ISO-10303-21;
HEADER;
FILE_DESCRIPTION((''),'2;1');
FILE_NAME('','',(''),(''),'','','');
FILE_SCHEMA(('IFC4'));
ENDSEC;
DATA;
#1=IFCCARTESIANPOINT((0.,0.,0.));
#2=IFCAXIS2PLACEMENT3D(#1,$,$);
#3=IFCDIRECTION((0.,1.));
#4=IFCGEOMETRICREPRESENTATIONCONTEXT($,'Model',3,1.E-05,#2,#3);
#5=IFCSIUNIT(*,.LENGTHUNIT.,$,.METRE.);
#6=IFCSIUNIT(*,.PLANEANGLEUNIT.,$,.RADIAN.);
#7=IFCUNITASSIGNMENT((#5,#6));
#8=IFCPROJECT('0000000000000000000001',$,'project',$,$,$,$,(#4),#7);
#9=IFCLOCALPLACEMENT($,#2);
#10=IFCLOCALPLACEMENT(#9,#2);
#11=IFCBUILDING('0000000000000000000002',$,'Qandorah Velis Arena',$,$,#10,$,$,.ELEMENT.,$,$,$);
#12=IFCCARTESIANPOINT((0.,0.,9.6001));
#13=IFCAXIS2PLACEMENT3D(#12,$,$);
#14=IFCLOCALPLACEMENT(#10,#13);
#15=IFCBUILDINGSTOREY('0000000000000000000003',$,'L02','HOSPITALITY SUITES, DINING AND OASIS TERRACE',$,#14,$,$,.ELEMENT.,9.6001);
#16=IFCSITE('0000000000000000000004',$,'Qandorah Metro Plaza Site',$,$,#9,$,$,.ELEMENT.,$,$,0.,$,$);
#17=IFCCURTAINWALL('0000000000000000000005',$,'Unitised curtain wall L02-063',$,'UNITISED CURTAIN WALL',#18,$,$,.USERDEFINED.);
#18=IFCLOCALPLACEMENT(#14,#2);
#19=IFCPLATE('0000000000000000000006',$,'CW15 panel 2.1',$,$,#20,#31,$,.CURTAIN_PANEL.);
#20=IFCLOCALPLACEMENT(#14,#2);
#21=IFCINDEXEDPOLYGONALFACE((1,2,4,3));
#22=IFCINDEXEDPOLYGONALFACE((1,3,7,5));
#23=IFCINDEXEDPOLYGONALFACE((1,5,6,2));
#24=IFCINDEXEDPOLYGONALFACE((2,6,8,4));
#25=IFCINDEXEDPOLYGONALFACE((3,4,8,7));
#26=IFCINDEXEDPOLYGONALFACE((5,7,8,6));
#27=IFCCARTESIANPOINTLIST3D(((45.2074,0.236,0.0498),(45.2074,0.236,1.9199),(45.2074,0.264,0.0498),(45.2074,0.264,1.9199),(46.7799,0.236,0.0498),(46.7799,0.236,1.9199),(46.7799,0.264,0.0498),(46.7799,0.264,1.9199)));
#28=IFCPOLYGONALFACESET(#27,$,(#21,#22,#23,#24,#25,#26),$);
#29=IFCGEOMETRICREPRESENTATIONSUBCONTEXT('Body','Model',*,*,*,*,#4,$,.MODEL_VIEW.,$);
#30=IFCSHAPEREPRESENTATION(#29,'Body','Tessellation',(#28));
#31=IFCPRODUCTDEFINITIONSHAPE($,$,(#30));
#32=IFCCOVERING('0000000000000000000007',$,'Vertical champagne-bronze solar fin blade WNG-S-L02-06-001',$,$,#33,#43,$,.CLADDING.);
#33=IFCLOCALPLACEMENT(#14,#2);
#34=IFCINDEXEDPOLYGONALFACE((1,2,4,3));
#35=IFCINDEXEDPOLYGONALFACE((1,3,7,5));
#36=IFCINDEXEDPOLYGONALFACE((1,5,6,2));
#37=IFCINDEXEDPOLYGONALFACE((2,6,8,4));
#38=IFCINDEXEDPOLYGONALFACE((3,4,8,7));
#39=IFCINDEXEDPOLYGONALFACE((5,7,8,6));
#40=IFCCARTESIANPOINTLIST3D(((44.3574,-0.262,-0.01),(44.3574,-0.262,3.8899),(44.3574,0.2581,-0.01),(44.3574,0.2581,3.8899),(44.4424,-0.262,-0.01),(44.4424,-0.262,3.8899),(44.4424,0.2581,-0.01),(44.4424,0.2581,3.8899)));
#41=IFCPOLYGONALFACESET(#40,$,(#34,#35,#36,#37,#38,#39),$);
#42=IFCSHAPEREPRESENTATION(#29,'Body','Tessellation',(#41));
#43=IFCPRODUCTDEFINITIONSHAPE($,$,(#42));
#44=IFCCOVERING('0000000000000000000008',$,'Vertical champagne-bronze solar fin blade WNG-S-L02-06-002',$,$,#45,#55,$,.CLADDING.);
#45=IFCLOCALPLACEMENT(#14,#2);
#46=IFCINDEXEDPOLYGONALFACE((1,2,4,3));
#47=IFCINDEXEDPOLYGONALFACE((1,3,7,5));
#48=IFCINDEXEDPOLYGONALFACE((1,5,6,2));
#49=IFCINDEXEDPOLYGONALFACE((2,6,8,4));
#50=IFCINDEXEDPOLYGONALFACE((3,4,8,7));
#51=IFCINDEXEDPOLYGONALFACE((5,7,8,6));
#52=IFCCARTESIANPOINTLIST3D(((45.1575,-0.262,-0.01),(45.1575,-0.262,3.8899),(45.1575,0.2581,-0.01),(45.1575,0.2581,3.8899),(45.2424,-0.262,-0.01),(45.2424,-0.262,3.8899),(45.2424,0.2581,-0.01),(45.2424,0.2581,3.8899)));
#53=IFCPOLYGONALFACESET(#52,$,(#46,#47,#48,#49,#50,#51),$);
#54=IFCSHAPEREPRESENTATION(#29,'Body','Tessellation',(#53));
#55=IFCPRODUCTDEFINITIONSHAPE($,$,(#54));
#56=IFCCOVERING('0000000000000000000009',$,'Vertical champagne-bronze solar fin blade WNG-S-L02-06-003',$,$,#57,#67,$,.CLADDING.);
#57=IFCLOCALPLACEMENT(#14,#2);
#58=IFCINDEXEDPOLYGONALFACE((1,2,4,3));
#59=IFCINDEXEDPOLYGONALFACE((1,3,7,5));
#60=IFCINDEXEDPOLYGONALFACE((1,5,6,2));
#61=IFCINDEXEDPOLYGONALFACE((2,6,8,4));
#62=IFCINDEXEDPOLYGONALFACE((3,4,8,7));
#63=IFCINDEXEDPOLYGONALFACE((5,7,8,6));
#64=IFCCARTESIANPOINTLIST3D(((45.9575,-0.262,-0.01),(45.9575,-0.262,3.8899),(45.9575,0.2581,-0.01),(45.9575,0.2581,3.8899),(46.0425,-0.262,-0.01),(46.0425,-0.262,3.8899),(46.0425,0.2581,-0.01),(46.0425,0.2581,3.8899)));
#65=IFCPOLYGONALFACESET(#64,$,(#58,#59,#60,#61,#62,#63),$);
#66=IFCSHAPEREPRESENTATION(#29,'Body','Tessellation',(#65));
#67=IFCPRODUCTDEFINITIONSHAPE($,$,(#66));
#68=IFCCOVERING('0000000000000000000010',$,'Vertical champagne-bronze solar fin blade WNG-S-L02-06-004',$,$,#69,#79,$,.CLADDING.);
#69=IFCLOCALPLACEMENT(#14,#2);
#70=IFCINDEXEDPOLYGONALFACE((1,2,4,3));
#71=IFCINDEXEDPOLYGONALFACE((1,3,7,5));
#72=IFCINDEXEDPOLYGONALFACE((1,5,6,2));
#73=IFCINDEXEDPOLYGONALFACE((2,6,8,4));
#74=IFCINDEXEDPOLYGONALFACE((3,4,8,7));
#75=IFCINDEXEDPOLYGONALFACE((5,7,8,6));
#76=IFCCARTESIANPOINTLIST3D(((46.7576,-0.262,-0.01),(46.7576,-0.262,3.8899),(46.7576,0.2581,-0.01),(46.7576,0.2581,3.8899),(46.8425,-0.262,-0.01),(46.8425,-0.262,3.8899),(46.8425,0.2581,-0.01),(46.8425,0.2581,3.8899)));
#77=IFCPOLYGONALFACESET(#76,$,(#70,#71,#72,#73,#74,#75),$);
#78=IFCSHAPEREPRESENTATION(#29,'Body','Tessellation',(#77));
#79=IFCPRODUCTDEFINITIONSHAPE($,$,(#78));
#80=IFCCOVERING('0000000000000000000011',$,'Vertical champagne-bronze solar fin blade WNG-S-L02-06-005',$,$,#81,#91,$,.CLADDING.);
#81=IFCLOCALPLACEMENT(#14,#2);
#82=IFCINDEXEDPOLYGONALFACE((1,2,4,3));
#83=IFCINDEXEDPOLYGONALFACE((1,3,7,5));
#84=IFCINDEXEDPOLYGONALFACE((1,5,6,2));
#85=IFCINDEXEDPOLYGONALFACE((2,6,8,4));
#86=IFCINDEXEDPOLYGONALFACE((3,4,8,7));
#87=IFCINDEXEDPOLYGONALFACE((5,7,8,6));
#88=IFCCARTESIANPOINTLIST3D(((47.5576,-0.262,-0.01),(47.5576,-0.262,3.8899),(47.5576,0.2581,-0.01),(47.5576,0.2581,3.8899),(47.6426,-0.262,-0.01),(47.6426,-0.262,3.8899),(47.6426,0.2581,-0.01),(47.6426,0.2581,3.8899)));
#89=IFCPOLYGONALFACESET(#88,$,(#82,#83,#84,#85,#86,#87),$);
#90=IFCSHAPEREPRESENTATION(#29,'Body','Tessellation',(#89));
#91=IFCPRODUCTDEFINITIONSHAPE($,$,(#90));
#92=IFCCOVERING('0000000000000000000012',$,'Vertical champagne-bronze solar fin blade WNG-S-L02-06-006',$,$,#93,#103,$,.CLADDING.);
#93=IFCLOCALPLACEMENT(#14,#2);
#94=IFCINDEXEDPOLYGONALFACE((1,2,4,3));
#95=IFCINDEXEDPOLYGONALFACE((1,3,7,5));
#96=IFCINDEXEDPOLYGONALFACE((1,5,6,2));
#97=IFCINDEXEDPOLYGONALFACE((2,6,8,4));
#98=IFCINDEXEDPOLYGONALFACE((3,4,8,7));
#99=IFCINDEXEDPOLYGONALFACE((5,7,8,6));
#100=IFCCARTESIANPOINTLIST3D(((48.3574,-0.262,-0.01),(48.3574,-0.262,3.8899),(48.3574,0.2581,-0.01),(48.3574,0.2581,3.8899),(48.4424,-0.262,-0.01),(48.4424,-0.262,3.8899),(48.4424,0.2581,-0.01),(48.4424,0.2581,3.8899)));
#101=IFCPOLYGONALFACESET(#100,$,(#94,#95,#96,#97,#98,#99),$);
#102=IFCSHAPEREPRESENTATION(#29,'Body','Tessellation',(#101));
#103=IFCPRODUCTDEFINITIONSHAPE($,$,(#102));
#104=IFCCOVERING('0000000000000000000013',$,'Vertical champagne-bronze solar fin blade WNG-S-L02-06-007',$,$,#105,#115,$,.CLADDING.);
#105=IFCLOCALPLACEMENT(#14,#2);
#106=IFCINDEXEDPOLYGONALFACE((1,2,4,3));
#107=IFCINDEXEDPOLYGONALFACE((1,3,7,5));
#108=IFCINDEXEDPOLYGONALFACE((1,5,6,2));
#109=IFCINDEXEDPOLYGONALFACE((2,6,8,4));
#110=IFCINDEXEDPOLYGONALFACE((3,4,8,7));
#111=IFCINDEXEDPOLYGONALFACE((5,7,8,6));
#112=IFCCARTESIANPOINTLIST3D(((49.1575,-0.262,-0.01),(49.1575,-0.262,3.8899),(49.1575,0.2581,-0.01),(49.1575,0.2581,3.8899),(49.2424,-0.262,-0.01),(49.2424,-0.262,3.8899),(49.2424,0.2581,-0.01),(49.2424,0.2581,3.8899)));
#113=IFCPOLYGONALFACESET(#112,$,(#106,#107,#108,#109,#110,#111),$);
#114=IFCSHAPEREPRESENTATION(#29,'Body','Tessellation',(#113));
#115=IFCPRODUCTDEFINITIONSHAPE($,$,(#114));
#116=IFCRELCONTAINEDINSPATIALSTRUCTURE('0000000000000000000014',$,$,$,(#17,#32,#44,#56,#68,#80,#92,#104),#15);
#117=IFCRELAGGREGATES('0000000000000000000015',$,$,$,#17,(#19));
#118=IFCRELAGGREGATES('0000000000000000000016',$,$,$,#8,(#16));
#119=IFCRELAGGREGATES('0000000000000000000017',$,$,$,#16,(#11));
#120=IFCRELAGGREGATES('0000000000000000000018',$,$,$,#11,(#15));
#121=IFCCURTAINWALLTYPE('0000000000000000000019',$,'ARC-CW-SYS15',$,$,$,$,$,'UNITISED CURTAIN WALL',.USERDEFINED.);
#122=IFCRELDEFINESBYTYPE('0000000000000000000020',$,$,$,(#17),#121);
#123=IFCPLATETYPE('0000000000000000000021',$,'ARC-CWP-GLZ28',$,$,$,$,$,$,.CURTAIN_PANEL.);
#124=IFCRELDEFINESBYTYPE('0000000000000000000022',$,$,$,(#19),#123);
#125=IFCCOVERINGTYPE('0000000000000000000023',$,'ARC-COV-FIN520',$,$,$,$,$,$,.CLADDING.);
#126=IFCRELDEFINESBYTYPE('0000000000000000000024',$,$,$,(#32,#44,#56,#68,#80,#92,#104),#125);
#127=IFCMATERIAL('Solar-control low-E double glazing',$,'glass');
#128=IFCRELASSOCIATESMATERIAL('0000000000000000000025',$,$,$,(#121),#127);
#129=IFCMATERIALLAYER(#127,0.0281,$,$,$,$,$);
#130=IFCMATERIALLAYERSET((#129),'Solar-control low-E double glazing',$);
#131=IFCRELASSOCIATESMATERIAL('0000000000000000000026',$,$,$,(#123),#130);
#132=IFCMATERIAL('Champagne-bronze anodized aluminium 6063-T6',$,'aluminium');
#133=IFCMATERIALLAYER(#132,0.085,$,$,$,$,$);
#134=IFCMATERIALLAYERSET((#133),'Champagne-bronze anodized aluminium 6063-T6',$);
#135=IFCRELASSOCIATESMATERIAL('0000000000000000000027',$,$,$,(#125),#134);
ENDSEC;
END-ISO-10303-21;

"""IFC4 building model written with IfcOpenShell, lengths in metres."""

from ifc_helpers import new_model, si_unit, direction, frame, origin, origin_2d, place, context, subcontext, project, spatial, rectangle, extrude, material, layer, layer_set, type_object, element, aggregate, save


model = new_model("IFC4")

# Units and contexts
model_context = context("Model", 3, precision=1e-05, world=origin(), true_north=direction((0.0, 1.0)))
body_context = subcontext(model_context, "Body", "Model", "MODEL_VIEW")
ifc_project = project(units=[si_unit("LENGTHUNIT", "METRE"), si_unit("PLANEANGLEUNIT", "RADIAN")], contexts=[model_context])

# Site, building, storey
site_placement = place(None, origin())
site = spatial("IfcSite", under=ifc_project, at=site_placement, Name="Qandorah Metro Plaza Site", CompositionType="ELEMENT", RefElevation=0.0)
building_placement = place(site_placement, origin())
building = spatial("IfcBuilding", under=site, at=building_placement, Name="Qandorah Velis Arena", CompositionType="ELEMENT")
storey_placement = place(building_placement, frame((0.0, 0.0, 9.6001)))
storey = spatial("IfcBuildingStorey", under=building, at=storey_placement, Name="L02", Description="HOSPITALITY SUITES, DINING AND OASIS TERRACE", CompositionType="ELEMENT", Elevation=9.6001)

# Curtain wall, plate
ifc_material_1 = material(Name="Solar-control low-E double glazing", Category="glass")
curtain_wall_type = type_object("IfcCurtainWallType", Name="ARC-CW-SYS15", ElementType="UNITISED CURTAIN WALL", PredefinedType="USERDEFINED", material=ifc_material_1)
curtain_wall_placement = place(storey_placement, origin())
curtain_wall = element("IfcCurtainWall", 1, at=curtain_wall_placement, inside=storey, type_object=curtain_wall_type, Name="Unitised curtain wall L02-063", ObjectType="UNITISED CURTAIN WALL", PredefinedType="USERDEFINED")
ifc_material_2 = material(Name="Champagne-bronze anodized aluminium 6063-T6", Category="aluminium")
ifc_layer_1 = layer(ifc_material_1, 0.0281)
ifc_layer_set_1 = layer_set([ifc_layer_1], Name="Solar-control low-E double glazing")
plate_type = type_object("IfcPlateType", Name="ARC-CWP-GLZ28", PredefinedType="CURTAIN_PANEL", material=ifc_layer_set_1)
plate_1_placement = place(storey_placement, frame((45.9937, 0.25, 0.0498), z_axis=(0.0, 0.0, 1.0), x_axis=(1.0, 0.0, 0.0)))
plate_1 = element("IfcPlate", 2, at=plate_1_placement, type_object=plate_type, Name="CW15 panel 2.1", PredefinedType="CURTAIN_PANEL", context=body_context, shape_type="SweptSolid", body=[
    extrude(rectangle(XDim=1.5725, YDim=0.0281, at=origin_2d()), origin(), (0.0, 0.0, 1.0), 1.8701),
])
aggregate(curtain_wall, [plate_1])

# Coverings
ifc_layer_2 = layer(ifc_material_2, 0.085)
ifc_layer_set_2 = layer_set([ifc_layer_2], Name="Champagne-bronze anodized aluminium 6063-T6")
covering_type = type_object("IfcCoveringType", Name="ARC-COV-FIN520", PredefinedType="CLADDING", material=ifc_layer_set_2)
for number, where, z_axis, x_axis, name in (
    (3, (44.3999, -0.002, -0.01), (0.0, 0.0, 1.0), (1.0, 0.0, 0.0), "Vertical champagne-bronze solar fin blade WNG-S-L02-06-001"),
    (4, (45.2, -0.002, -0.01), (0.0, 0.0, 1.0), (1.0, 0.0, 0.0), "Vertical champagne-bronze solar fin blade WNG-S-L02-06-002"),
    (5, (46.0, -0.002, -0.01), (0.0, 0.0, 1.0), (1.0, 0.0, 0.0), "Vertical champagne-bronze solar fin blade WNG-S-L02-06-003"),
    (6, (46.8, -0.002, -0.01), (0.0, 0.0, 1.0), (1.0, 0.0, 0.0), "Vertical champagne-bronze solar fin blade WNG-S-L02-06-004"),
    (7, (47.6001, -0.002, -0.01), (0.0, 0.0, 1.0), (1.0, 0.0, 0.0), "Vertical champagne-bronze solar fin blade WNG-S-L02-06-005"),
    (8, (48.3999, -0.002, -0.01), (0.0, 0.0, 1.0), (1.0, 0.0, 0.0), "Vertical champagne-bronze solar fin blade WNG-S-L02-06-006"),
    (9, (49.2, -0.002, -0.01), (0.0, 0.0, 1.0), (1.0, 0.0, 0.0), "Vertical champagne-bronze solar fin blade WNG-S-L02-06-007"),
):
    element("IfcCovering", number, at=place(storey_placement, frame(where, z_axis=z_axis, x_axis=x_axis)), inside=storey, type_object=covering_type, Name=name, PredefinedType="CLADDING", context=body_context, shape_type="SweptSolid", body=[
        extrude(rectangle(XDim=0.085, YDim=0.52, at=origin_2d()), origin(), (0.0, 0.0, 1.0), 3.8999),
    ])

save(model, "model.ifc")
